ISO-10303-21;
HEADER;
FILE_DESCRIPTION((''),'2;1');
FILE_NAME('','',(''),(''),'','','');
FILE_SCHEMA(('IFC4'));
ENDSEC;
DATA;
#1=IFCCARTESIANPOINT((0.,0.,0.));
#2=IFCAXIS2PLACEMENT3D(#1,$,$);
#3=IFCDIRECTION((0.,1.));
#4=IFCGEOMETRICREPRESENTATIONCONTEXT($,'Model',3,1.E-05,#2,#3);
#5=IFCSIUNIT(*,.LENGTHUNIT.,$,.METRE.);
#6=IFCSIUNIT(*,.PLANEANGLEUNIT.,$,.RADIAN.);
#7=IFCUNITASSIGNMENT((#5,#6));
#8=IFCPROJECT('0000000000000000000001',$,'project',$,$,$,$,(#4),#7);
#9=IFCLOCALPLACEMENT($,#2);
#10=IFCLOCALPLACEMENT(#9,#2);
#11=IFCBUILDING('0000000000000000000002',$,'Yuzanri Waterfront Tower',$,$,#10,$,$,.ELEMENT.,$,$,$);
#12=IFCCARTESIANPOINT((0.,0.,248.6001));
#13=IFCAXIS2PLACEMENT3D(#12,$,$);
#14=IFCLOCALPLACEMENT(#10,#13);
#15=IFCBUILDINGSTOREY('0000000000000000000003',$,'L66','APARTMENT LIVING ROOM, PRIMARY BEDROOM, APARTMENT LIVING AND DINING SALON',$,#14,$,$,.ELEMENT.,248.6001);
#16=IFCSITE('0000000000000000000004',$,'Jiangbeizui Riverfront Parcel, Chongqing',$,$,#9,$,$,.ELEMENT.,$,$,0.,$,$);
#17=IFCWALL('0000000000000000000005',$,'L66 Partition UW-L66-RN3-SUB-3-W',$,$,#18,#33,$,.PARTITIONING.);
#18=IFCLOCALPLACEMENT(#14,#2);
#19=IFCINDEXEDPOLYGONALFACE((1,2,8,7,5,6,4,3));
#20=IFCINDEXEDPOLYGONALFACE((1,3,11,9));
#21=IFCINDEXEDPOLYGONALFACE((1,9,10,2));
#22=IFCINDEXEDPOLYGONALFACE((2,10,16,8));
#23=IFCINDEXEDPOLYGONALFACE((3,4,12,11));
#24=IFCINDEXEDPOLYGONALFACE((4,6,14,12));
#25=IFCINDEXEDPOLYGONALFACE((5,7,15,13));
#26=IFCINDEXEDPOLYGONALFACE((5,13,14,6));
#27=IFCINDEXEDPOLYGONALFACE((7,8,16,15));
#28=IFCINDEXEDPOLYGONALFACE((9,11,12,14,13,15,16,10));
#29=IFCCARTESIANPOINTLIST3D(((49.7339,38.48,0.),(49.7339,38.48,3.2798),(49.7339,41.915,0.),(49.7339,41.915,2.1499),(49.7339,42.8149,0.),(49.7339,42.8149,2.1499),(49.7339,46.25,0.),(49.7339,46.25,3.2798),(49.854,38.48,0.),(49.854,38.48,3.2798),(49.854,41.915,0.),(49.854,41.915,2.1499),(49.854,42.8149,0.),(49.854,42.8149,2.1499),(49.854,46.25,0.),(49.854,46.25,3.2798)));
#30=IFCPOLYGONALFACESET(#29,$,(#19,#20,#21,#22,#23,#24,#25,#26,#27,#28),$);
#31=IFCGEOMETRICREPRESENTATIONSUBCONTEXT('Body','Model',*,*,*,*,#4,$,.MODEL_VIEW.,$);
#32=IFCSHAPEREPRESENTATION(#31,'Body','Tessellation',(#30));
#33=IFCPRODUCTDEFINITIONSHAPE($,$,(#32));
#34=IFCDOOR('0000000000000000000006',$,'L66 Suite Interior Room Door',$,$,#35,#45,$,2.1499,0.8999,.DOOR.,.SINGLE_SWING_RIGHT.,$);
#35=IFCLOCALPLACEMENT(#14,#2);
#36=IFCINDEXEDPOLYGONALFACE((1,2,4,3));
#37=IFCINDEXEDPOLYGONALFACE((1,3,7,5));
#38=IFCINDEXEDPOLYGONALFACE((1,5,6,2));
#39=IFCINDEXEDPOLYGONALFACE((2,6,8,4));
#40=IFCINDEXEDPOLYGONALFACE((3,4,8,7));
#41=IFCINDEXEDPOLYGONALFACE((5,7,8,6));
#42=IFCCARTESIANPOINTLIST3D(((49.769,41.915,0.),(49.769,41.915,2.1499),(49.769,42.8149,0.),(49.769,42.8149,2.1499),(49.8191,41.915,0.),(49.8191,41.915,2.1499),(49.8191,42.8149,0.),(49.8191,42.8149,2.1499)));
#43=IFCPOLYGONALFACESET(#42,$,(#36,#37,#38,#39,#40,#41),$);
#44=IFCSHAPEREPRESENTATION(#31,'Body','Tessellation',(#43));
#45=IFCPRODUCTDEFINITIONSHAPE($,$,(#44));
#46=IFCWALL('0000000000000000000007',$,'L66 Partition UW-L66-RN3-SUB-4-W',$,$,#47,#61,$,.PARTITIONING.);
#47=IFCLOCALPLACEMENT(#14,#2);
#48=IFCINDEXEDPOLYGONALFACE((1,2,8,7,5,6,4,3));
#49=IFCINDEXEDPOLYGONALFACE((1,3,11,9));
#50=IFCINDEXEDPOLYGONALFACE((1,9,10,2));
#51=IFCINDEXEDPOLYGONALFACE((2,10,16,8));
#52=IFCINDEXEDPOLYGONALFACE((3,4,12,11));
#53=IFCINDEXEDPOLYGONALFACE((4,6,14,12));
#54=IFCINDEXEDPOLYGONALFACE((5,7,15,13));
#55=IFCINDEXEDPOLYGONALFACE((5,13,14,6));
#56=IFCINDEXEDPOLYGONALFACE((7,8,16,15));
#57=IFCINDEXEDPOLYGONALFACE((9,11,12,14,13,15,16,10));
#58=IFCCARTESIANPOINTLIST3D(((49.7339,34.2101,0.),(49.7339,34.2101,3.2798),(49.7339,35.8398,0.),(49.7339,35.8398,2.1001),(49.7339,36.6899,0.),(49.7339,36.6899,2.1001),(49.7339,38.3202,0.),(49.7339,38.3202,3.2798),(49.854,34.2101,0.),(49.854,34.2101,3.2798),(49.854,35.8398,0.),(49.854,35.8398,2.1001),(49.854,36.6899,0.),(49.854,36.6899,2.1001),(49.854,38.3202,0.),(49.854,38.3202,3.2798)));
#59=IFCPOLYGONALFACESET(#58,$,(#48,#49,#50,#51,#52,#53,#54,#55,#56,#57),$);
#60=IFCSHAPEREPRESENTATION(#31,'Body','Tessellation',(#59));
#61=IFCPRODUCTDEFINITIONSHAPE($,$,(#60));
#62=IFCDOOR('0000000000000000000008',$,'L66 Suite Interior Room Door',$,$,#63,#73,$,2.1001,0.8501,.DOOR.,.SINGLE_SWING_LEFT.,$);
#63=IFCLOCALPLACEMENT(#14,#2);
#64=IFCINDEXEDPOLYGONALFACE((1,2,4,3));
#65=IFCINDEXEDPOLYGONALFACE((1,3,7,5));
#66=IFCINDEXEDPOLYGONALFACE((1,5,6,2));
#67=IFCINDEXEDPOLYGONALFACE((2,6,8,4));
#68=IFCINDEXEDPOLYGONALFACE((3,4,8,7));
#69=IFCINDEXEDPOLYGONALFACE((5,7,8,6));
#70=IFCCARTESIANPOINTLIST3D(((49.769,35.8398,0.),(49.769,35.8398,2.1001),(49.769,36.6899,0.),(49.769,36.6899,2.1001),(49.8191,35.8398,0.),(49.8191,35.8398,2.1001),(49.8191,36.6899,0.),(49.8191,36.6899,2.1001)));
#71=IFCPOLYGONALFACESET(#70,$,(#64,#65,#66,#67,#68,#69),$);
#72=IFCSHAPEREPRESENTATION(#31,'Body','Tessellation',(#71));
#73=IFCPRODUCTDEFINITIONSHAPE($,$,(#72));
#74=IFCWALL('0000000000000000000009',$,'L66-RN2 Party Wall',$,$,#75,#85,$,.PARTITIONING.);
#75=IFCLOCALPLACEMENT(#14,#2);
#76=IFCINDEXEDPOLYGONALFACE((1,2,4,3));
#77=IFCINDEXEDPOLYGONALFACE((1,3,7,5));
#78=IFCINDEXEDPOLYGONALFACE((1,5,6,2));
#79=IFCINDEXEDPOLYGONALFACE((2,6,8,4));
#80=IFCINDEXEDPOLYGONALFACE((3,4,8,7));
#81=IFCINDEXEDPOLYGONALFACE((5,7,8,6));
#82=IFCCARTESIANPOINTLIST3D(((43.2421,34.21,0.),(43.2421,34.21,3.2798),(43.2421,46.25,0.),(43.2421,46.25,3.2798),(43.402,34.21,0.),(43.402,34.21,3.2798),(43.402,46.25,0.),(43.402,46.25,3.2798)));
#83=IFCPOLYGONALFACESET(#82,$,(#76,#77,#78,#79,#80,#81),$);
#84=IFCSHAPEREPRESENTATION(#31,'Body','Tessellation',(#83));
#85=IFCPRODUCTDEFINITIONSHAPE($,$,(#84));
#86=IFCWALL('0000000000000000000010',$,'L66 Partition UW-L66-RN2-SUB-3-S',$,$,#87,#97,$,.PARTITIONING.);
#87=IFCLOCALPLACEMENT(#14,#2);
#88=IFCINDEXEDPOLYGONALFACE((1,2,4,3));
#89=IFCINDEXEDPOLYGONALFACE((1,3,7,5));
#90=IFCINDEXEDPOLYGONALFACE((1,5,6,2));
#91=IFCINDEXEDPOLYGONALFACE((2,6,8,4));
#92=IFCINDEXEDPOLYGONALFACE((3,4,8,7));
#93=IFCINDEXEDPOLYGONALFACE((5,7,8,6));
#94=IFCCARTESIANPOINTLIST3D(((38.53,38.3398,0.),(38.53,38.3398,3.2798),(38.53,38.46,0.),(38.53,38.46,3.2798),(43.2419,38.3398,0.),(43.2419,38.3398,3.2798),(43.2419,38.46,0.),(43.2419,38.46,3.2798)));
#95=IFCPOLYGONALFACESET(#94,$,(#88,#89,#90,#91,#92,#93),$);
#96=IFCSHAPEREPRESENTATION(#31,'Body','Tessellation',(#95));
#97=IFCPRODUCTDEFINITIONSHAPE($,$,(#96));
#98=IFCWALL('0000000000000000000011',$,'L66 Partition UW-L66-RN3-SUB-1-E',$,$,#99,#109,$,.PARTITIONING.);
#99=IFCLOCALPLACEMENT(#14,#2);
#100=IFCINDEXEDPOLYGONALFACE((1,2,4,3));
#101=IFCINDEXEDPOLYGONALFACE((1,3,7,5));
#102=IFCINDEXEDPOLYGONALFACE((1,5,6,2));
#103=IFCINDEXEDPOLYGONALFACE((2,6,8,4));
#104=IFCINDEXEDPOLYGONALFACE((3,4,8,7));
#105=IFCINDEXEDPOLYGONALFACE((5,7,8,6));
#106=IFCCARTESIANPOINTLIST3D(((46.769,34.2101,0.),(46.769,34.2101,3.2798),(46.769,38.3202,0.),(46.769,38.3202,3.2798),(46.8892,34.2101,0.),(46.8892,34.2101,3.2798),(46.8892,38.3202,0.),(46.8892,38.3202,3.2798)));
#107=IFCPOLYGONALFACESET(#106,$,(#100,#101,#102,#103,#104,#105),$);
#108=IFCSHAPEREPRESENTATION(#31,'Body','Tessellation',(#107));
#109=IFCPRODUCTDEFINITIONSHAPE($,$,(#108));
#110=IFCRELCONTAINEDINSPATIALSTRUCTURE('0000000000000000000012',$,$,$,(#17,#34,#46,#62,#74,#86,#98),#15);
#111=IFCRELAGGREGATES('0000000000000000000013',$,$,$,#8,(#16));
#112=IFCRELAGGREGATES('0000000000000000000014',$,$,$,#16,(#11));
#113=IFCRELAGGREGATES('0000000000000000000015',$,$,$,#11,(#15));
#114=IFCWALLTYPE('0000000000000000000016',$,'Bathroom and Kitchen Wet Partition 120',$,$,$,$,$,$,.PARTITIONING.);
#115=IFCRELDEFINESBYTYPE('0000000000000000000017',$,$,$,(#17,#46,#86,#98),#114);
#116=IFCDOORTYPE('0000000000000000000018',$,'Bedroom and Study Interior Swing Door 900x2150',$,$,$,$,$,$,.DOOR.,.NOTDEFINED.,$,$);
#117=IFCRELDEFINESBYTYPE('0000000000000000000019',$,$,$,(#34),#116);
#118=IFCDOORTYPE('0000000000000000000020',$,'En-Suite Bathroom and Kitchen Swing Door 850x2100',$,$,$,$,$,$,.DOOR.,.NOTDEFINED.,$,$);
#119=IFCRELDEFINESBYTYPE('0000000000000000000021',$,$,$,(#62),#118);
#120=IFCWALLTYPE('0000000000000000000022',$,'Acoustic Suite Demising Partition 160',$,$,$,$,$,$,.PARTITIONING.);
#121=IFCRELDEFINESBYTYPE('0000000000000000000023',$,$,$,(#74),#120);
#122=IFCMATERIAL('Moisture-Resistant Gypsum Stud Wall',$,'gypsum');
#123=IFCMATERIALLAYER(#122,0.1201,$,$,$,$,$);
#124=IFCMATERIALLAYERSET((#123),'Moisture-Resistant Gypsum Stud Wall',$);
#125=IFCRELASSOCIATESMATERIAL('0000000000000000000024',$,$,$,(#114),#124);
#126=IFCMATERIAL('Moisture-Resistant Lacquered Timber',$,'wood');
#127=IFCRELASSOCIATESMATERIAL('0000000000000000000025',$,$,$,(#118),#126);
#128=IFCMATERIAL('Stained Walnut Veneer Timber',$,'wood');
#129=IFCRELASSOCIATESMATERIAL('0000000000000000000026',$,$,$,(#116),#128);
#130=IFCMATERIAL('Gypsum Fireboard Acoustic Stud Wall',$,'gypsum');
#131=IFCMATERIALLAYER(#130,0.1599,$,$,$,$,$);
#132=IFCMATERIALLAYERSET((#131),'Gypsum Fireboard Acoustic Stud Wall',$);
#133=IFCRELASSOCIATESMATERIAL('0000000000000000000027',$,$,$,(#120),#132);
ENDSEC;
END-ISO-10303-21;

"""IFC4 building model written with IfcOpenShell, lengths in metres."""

from ifc_helpers import new_model, si_unit, direction, frame, frame_2d, origin, place, context, subcontext, project, spatial, rectangle, extrude, source, transform, mapped, material, layer, layer_set, type_object, element, fill, save


model = new_model("IFC4")

# Units and contexts
model_context = context("Model", 3, precision=1e-05, world=origin(), true_north=direction((0.0, 1.0)))
body_context = subcontext(model_context, "Body", "Model", "MODEL_VIEW")
ifc_project = project(units=[si_unit("LENGTHUNIT", "METRE"), si_unit("PLANEANGLEUNIT", "RADIAN")], contexts=[model_context])

# Site, building, storey
site_placement = place(None, origin())
site = spatial("IfcSite", under=ifc_project, at=site_placement, Name="Jiangbeizui Riverfront Parcel, Chongqing", CompositionType="ELEMENT", RefElevation=0.0)
building_placement = place(site_placement, origin())
building = spatial("IfcBuilding", under=site, at=building_placement, Name="Yuzanri Waterfront Tower", CompositionType="ELEMENT")
storey_placement = place(building_placement, frame((0.0, 0.0, 248.6001)))
storey = spatial("IfcBuildingStorey", under=building, at=storey_placement, Name="L66", Description="APARTMENT LIVING ROOM, PRIMARY BEDROOM, APARTMENT LIVING AND DINING SALON", CompositionType="ELEMENT", Elevation=248.6001)

# Walls, openings, doors
ifc_material_1 = material(Name="Moisture-Resistant Gypsum Stud Wall", Category="gypsum")
ifc_layer_1 = layer(ifc_material_1, 0.1201)
ifc_layer_set_1 = layer_set([ifc_layer_1], Name="Moisture-Resistant Gypsum Stud Wall")
wall_type_1 = type_object("IfcWallType", Name="Bathroom and Kitchen Wet Partition 120", PredefinedType="PARTITIONING", material=ifc_layer_set_1)
ifc_material_2 = material(Name="Moisture-Resistant Lacquered Timber", Category="wood")
door_type_1 = type_object("IfcDoorType", Name="En-Suite Bathroom and Kitchen Swing Door 850x2100", OperationType="NOTDEFINED", PredefinedType="DOOR", material=ifc_material_2)
shared_shape_1 = source(origin(), body_context, "Body", "SweptSolid", [
    extrude(rectangle(XDim=0.8501, YDim=2.1001, at=frame_2d((0.425, 1.05))), frame((0.0, 0.0249, 0.0), z_axis=(0.0, -1.0, 0.0), x_axis=(1.0, 0.0, 0.0)), (0.0, 0.0, 1.0), 0.05),
])
ifc_material_3 = material(Name="Stained Walnut Veneer Timber", Category="wood")
door_type_2 = type_object("IfcDoorType", Name="Bedroom and Study Interior Swing Door 900x2150", OperationType="NOTDEFINED", PredefinedType="DOOR", material=ifc_material_3)
shared_shape_2 = source(origin(), body_context, "Body", "SweptSolid", [
    extrude(rectangle(XDim=0.8999, YDim=2.1499, at=frame_2d((0.45, 1.075))), frame((0.0, 0.0249, 0.0), z_axis=(0.0, -1.0, 0.0), x_axis=(1.0, 0.0, 0.0)), (0.0, 0.0, 1.0), 0.05),
])
wall_1_placement = place(storey_placement, frame((49.7939, 38.48, 0.0), z_axis=(0.0, 0.0, 1.0), x_axis=(0.0, 1.0, 0.0)))
wall_1 = element("IfcWall", 1, at=wall_1_placement, inside=storey, type_object=wall_type_1, Name="L66 Partition UW-L66-RN3-SUB-3-W", PredefinedType="PARTITIONING", context=body_context, shape_type="SweptSolid", body=[
    extrude(rectangle(XDim=7.77, YDim=0.1201, at=frame_2d((3.885, 0.0))), origin(), (0.0, 0.0, 1.0), 3.2798),
])
opening_1_placement = place(wall_1_placement, frame((3.4351, 0.0, 0.0)))
opening_1 = element("IfcOpeningElement", 2, at=opening_1_placement, cuts=wall_1, PredefinedType="OPENING", context=body_context, shape_type="SweptSolid", body=[
    extrude(rectangle(XDim=0.8999, YDim=2.1499, at=frame_2d((0.45, 1.075))), frame((0.0, 0.075, 0.0), z_axis=(0.0, -1.0, 0.0), x_axis=(1.0, 0.0, 0.0)), (0.0, 0.0, 1.0), 0.1499),
])
door_1_placement = place(opening_1_placement, origin())
door_1 = element("IfcDoor", 3, at=door_1_placement, inside=storey, type_object=door_type_2, Name="L66 Suite Interior Room Door", OperationType="SINGLE_SWING_RIGHT", OverallHeight=2.1499, OverallWidth=0.8999, PredefinedType="DOOR", context=body_context, shape_type="MappedRepresentation", body=[
    mapped(shared_shape_2, transform((0.0, 0.0, 0.0), scale=1.0)),
])
fill(opening_1, door_1)
wall_2_placement = place(storey_placement, frame((49.7939, 34.21, 0.0), z_axis=(0.0, 0.0, 1.0), x_axis=(0.0, 1.0, 0.0)))
wall_2 = element("IfcWall", 4, at=wall_2_placement, inside=storey, type_object=wall_type_1, Name="L66 Partition UW-L66-RN3-SUB-4-W", PredefinedType="PARTITIONING", context=body_context, shape_type="SweptSolid", body=[
    extrude(rectangle(XDim=4.1101, YDim=0.1201, at=frame_2d((2.0552, 0.0))), origin(), (0.0, 0.0, 1.0), 3.2798),
])
opening_2_placement = place(wall_2_placement, frame((1.6299, 0.0, 0.0)))
opening_2 = element("IfcOpeningElement", 5, at=opening_2_placement, cuts=wall_2, PredefinedType="OPENING", context=body_context, shape_type="SweptSolid", body=[
    extrude(rectangle(XDim=0.8501, YDim=2.1001, at=frame_2d((0.425, 1.05))), frame((0.0, 0.075, 0.0), z_axis=(0.0, -1.0, 0.0), x_axis=(1.0, 0.0, 0.0)), (0.0, 0.0, 1.0), 0.1499),
])
door_2_placement = place(opening_2_placement, origin())
door_2 = element("IfcDoor", 6, at=door_2_placement, inside=storey, type_object=door_type_1, Name="L66 Suite Interior Room Door", OperationType="SINGLE_SWING_LEFT", OverallHeight=2.1001, OverallWidth=0.8501, PredefinedType="DOOR", context=body_context, shape_type="MappedRepresentation", body=[
    mapped(shared_shape_1, transform((0.0, 0.0, 0.0), scale=1.0)),
])
fill(opening_2, door_2)

# Walls
ifc_material_4 = material(Name="Gypsum Fireboard Acoustic Stud Wall", Category="gypsum")
ifc_layer_2 = layer(ifc_material_4, 0.1599)
ifc_layer_set_2 = layer_set([ifc_layer_2], Name="Gypsum Fireboard Acoustic Stud Wall")
wall_type_2 = type_object("IfcWallType", Name="Acoustic Suite Demising Partition 160", PredefinedType="PARTITIONING", material=ifc_layer_set_2)
shared_shape_3 = source(origin(), body_context, "Body", "SweptSolid", [
    extrude(rectangle(XDim=12.04, YDim=0.1599, at=frame_2d((6.02, 0.0))), origin(), (0.0, 0.0, 1.0), 3.2798),
])
wall_3_placement = place(storey_placement, frame((43.322, 34.21, 0.0), z_axis=(0.0, 0.0, 1.0), x_axis=(0.0, 1.0, 0.0)))
element("IfcWall", 7, at=wall_3_placement, inside=storey, type_object=wall_type_2, Name="L66-RN2 Party Wall", PredefinedType="PARTITIONING", context=body_context, shape_type="MappedRepresentation", body=[
    mapped(shared_shape_3, transform((0.0, 0.0, 0.0), scale=1.0)),
])
shared_shape_4 = source(origin(), body_context, "Body", "SweptSolid", [
    extrude(rectangle(XDim=4.7119, YDim=0.1201, at=frame_2d((2.356, 0.0))), origin(), (0.0, 0.0, 1.0), 3.2798),
])
wall_4_placement = place(storey_placement, frame((38.53, 38.3999, 0.0), z_axis=(0.0, 0.0, 1.0), x_axis=(1.0, 0.0, 0.0)))
element("IfcWall", 8, at=wall_4_placement, inside=storey, type_object=wall_type_1, Name="L66 Partition UW-L66-RN2-SUB-3-S", PredefinedType="PARTITIONING", context=body_context, shape_type="MappedRepresentation", body=[
    mapped(shared_shape_4, transform((0.0, 0.0, 0.0), scale=1.0)),
])
shared_shape_5 = source(origin(), body_context, "Body", "SweptSolid", [
    extrude(rectangle(XDim=4.1101, YDim=0.1201, at=frame_2d((2.0552, 0.0))), origin(), (0.0, 0.0, 1.0), 3.2798),
])
wall_5_placement = place(storey_placement, frame((46.8291, 34.21, 0.0), z_axis=(0.0, 0.0, 1.0), x_axis=(0.0, 1.0, 0.0)))
element("IfcWall", 9, at=wall_5_placement, inside=storey, type_object=wall_type_1, Name="L66 Partition UW-L66-RN3-SUB-1-E", PredefinedType="PARTITIONING", context=body_context, shape_type="MappedRepresentation", body=[
    mapped(shared_shape_5, transform((0.0, 0.0, 0.0), scale=1.0)),
])

save(model, "model.ifc")
